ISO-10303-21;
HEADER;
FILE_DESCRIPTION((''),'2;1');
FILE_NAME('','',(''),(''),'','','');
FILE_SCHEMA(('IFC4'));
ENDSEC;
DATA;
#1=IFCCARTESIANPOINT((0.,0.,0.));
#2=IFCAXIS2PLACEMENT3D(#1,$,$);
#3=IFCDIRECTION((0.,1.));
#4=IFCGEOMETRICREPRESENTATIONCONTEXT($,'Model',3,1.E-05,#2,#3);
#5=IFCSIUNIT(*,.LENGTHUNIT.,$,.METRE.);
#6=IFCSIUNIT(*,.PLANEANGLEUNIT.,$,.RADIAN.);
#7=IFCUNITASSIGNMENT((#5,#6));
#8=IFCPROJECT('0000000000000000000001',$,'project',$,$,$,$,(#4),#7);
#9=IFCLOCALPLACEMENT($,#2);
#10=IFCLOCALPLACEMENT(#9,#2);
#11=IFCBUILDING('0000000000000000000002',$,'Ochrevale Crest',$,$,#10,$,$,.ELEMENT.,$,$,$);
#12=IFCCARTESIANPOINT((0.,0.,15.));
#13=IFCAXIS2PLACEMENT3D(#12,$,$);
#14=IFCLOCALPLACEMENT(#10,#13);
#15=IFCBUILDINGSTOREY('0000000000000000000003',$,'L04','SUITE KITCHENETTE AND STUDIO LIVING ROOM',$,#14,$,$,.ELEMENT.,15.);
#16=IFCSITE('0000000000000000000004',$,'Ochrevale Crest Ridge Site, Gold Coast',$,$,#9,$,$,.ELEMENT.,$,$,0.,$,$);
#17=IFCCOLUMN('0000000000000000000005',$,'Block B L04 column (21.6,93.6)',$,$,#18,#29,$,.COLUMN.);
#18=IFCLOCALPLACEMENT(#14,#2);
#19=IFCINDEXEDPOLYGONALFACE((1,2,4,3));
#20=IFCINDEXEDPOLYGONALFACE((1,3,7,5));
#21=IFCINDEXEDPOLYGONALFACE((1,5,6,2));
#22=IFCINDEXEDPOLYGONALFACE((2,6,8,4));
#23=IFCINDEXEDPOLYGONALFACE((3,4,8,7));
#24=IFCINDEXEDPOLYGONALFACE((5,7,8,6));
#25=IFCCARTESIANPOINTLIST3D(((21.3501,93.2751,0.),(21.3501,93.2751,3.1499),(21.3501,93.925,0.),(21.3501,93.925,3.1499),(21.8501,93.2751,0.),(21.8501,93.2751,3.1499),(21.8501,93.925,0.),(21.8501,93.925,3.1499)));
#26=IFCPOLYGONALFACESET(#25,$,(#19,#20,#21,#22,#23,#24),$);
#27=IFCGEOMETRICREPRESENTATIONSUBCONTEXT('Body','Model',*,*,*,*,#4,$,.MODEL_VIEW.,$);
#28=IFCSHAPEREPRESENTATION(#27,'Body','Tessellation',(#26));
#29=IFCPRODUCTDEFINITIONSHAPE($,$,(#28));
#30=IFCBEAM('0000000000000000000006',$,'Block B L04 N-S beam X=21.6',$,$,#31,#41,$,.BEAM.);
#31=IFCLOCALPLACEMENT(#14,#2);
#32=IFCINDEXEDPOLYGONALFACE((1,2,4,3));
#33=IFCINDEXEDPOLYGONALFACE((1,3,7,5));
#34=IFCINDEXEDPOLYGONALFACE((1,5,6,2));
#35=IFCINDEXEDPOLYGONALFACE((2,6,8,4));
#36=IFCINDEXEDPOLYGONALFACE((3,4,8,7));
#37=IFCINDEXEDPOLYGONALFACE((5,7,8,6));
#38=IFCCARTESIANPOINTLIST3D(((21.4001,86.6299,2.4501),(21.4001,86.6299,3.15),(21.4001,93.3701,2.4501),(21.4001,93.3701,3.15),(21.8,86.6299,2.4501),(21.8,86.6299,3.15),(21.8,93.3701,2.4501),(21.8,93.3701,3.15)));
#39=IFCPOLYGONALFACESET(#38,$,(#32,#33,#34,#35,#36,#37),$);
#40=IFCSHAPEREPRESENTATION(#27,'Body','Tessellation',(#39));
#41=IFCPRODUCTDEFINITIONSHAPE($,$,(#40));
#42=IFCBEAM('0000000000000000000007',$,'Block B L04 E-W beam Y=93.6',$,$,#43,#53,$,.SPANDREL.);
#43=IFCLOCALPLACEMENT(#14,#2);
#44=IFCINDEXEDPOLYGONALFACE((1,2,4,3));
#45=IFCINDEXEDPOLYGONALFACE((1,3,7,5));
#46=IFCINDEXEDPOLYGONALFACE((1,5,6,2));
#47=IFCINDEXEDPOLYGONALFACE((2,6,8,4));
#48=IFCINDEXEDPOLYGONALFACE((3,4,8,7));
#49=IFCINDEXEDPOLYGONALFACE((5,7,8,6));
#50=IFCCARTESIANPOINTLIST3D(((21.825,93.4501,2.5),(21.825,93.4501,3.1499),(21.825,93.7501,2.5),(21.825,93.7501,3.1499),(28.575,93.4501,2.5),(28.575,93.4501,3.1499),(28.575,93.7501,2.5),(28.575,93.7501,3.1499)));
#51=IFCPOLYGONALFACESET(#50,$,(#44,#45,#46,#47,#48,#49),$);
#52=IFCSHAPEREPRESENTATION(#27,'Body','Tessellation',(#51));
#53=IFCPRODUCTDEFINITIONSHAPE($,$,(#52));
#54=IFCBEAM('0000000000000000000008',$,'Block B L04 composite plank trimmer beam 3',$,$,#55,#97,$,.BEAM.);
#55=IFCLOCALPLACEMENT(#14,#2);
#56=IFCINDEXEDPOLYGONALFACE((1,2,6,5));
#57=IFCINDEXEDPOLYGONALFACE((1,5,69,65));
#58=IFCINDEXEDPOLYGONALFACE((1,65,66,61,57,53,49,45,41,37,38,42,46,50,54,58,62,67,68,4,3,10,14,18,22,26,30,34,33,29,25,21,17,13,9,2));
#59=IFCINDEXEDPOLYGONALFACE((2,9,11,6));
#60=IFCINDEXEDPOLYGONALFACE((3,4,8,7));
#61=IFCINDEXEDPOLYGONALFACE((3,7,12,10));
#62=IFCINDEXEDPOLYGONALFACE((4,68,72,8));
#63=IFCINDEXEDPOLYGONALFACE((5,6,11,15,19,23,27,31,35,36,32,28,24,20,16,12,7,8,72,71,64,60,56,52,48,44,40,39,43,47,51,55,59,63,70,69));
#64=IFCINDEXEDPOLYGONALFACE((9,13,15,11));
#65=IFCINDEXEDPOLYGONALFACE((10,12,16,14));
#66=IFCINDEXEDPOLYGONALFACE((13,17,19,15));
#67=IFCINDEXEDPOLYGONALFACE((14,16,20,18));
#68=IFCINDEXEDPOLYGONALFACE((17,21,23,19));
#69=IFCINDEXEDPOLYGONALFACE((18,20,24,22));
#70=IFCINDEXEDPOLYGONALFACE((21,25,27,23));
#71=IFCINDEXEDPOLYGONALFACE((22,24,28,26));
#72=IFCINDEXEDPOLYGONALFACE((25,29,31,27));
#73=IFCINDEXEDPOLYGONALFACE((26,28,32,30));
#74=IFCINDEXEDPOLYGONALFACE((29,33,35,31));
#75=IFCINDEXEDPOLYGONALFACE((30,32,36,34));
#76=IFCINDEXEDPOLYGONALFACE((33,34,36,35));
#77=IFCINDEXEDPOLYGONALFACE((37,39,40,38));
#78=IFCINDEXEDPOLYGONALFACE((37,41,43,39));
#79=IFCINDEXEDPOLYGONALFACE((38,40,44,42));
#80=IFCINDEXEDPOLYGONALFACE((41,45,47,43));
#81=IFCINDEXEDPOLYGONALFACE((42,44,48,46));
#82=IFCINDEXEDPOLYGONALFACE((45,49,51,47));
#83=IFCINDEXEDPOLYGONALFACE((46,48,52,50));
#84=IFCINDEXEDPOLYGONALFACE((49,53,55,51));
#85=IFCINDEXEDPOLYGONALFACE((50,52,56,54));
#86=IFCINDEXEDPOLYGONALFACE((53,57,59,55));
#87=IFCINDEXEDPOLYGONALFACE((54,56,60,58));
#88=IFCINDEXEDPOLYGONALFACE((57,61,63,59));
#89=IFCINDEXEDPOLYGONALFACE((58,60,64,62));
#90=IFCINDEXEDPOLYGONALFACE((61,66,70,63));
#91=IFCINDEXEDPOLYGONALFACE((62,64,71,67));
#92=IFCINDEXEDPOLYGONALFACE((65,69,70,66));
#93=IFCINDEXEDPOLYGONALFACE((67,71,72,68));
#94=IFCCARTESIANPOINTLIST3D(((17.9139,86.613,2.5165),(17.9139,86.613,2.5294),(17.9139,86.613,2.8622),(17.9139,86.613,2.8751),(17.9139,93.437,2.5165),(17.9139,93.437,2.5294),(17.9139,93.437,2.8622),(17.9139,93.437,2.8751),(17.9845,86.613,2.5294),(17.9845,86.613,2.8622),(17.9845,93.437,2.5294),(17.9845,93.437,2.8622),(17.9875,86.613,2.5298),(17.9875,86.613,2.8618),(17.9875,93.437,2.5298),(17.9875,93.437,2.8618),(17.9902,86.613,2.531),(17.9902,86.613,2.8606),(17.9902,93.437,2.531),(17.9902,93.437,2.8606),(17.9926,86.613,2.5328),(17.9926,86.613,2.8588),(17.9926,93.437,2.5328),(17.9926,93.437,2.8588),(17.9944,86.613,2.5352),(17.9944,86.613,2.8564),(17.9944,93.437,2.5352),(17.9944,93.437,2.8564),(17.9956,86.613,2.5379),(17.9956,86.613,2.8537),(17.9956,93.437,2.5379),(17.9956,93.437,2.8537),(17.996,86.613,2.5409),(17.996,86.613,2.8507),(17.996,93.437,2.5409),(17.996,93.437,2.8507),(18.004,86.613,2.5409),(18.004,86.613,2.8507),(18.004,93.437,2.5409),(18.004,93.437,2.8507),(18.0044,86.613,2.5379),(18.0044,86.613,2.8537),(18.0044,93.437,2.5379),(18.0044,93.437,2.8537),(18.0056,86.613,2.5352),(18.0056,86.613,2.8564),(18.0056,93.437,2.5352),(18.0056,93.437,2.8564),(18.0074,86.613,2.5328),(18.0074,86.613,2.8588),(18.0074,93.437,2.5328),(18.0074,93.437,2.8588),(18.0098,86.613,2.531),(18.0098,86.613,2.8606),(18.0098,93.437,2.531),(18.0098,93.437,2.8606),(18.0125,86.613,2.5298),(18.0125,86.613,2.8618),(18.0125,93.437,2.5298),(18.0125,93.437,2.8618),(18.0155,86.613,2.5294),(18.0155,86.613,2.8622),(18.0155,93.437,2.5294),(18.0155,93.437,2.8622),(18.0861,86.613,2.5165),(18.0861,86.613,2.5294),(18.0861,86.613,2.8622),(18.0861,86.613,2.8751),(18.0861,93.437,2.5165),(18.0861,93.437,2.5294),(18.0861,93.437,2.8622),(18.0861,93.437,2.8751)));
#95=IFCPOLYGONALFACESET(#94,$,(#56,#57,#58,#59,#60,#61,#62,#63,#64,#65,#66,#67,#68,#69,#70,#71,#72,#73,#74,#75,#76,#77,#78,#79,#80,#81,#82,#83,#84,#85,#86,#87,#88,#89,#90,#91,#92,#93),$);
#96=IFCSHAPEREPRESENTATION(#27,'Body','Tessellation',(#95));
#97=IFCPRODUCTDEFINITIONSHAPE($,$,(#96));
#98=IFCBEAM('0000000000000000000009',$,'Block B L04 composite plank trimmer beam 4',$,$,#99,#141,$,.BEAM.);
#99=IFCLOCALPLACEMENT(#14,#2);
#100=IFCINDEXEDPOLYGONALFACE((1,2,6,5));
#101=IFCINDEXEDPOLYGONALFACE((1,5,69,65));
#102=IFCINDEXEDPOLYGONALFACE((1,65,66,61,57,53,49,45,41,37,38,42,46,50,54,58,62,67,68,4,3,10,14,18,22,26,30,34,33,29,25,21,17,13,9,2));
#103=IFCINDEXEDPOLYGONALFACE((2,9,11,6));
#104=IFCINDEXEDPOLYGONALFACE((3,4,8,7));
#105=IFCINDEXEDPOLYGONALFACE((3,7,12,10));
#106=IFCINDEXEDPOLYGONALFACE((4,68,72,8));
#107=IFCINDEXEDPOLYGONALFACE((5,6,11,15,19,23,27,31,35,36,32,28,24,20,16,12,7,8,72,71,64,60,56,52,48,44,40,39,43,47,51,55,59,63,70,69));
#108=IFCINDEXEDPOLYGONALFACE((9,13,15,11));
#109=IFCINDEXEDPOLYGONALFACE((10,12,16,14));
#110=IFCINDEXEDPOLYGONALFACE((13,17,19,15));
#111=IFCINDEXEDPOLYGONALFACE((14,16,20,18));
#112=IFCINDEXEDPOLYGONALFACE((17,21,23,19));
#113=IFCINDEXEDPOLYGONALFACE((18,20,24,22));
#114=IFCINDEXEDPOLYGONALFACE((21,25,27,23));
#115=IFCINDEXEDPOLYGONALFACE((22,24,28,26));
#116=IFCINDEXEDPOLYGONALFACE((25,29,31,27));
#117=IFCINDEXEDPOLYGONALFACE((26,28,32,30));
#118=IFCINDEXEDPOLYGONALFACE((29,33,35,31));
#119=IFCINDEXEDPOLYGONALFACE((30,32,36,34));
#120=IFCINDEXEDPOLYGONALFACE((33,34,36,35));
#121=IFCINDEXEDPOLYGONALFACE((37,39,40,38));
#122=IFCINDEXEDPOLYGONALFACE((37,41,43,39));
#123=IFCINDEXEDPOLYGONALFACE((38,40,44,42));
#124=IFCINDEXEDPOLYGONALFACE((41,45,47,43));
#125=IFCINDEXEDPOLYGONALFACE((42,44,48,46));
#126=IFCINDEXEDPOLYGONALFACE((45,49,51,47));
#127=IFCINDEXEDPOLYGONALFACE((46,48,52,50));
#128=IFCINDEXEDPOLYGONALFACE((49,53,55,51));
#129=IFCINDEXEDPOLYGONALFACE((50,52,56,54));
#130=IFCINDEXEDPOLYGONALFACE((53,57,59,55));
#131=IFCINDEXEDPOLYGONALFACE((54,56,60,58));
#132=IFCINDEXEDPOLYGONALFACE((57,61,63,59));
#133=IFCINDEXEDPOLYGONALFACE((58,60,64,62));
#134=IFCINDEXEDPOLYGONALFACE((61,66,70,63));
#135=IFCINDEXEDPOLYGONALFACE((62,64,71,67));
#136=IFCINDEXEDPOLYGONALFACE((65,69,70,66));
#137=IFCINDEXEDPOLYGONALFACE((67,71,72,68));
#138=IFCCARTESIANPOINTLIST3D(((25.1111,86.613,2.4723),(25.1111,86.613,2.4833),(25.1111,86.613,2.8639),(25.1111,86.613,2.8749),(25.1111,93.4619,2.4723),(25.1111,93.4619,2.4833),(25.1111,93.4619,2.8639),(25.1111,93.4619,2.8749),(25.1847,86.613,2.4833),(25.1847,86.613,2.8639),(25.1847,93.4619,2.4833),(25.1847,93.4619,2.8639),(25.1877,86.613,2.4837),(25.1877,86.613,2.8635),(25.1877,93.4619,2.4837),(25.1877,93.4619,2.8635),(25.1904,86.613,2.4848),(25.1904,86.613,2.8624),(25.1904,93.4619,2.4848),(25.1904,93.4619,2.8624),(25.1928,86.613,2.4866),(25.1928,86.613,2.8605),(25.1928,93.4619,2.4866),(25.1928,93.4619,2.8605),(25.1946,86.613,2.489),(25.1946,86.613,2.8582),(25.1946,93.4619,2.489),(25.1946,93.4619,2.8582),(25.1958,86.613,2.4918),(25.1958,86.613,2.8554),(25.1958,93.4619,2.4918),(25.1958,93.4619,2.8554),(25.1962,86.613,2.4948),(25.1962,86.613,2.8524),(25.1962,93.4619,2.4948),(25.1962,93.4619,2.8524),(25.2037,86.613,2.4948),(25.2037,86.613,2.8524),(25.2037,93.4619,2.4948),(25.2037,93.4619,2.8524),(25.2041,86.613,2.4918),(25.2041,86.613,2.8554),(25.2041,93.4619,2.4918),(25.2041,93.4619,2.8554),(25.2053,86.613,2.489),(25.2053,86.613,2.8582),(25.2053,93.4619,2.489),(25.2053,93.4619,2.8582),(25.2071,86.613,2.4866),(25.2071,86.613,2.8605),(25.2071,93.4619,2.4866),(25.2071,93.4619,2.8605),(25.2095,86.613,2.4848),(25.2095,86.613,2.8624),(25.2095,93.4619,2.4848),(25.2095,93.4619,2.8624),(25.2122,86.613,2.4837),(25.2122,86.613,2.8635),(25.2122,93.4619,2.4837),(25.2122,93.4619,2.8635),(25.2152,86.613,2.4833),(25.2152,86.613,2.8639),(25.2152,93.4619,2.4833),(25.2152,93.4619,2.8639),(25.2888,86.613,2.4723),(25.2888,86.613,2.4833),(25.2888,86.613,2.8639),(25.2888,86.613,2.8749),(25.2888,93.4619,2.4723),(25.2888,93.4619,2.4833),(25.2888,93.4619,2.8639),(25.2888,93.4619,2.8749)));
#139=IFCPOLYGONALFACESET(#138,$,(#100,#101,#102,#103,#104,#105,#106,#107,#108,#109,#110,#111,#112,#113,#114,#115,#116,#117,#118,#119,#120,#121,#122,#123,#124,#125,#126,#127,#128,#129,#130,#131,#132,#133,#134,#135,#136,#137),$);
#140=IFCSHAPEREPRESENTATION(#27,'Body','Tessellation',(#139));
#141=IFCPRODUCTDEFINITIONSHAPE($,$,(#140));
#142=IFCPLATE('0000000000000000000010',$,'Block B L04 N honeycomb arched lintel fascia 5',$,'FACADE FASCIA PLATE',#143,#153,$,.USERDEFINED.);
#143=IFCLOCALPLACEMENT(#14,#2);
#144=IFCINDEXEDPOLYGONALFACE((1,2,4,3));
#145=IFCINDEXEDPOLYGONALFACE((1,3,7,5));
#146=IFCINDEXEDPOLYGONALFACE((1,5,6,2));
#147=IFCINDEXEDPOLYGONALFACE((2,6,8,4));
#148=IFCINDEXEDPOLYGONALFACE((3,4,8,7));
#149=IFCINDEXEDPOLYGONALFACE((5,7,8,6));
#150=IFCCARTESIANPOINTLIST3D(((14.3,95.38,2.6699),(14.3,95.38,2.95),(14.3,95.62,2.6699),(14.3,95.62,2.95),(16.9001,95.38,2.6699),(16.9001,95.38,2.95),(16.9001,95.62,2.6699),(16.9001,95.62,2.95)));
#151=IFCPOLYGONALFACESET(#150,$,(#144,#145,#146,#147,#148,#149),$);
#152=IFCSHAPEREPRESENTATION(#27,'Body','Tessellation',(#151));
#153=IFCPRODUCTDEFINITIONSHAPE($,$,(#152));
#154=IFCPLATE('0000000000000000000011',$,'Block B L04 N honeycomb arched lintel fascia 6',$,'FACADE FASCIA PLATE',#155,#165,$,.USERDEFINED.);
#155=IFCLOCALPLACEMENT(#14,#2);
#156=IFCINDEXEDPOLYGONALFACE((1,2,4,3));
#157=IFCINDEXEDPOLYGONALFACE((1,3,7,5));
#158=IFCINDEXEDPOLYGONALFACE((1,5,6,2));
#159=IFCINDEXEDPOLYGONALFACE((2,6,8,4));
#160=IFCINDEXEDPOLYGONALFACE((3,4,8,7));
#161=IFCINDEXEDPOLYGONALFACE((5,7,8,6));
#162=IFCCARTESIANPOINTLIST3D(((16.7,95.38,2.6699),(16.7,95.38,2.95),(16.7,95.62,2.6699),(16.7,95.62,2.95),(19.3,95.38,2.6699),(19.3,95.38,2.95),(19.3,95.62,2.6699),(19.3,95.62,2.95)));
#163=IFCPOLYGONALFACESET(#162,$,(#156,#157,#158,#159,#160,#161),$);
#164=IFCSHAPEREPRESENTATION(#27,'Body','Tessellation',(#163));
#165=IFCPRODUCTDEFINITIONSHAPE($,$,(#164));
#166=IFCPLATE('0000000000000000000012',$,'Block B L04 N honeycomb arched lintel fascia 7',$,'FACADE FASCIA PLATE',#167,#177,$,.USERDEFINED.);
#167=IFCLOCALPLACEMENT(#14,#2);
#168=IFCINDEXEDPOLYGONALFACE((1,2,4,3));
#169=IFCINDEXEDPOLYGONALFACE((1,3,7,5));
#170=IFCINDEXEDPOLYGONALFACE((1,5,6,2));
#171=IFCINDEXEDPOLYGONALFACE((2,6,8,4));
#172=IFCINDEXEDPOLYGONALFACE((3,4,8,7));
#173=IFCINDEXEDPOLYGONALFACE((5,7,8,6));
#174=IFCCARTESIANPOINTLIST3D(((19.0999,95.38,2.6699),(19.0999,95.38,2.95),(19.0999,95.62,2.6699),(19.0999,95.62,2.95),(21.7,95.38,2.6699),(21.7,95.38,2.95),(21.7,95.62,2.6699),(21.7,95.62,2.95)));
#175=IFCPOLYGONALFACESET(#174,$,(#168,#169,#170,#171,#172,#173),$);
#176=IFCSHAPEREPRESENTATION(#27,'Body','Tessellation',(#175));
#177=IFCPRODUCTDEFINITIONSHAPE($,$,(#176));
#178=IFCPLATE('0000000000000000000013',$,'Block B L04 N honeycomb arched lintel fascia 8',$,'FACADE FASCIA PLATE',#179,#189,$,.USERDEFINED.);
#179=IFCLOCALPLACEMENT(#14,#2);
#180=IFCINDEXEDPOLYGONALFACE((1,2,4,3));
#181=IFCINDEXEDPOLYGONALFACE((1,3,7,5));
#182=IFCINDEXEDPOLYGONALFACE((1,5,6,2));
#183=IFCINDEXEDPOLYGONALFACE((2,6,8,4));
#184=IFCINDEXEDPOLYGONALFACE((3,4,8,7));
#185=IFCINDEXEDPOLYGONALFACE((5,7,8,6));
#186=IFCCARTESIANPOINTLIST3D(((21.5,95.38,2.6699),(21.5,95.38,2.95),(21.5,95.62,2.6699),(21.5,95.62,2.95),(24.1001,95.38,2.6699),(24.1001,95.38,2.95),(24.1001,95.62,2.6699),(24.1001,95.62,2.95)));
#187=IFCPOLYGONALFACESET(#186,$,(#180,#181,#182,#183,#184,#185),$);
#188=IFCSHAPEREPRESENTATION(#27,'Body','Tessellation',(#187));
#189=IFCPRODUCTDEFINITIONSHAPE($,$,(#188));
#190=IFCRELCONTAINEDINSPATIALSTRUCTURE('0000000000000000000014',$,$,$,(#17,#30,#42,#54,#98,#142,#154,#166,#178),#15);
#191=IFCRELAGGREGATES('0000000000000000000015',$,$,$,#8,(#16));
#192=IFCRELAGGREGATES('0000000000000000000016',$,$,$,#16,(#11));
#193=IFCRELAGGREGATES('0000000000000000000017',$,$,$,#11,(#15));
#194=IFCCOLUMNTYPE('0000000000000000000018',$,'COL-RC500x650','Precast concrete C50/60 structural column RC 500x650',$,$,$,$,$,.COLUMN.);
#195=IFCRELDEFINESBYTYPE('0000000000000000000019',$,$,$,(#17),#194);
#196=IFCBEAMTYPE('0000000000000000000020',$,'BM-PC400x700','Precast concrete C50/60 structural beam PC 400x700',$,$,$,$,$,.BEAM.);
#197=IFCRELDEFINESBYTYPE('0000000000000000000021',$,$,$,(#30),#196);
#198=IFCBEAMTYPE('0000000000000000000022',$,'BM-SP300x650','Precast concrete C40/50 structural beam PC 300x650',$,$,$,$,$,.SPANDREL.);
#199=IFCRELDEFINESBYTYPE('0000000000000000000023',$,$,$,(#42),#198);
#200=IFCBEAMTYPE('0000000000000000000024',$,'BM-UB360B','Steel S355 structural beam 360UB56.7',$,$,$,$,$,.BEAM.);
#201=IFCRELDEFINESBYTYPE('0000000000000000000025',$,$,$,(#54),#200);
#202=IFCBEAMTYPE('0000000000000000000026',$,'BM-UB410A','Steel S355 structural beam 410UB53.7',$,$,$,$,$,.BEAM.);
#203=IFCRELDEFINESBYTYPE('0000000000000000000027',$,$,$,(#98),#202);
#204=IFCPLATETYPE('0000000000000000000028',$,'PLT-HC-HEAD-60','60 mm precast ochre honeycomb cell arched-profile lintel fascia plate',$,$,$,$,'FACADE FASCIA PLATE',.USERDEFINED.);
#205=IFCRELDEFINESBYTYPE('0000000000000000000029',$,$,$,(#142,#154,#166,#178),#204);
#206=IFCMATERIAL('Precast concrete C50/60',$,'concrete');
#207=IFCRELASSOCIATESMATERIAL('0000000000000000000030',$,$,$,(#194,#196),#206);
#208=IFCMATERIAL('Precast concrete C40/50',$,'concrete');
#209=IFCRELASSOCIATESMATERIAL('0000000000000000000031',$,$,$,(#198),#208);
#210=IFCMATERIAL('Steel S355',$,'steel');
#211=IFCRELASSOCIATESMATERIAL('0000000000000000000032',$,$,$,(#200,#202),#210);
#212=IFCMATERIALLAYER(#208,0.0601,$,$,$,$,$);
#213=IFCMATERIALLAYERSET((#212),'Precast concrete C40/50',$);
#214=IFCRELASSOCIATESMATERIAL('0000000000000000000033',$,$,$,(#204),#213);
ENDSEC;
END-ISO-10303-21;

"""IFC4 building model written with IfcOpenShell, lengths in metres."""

from ifc_helpers import new_model, si_unit, direction, frame, origin, origin_2d, place, context, subcontext, project, spatial, rectangle, i_section, extrude, material, layer, layer_set, material_profile, profile_set, type_object, element, save


model = new_model("IFC4")

# Units and contexts
model_context = context("Model", 3, precision=1e-05, world=origin(), true_north=direction((0.0, 1.0)))
body_context = subcontext(model_context, "Body", "Model", "MODEL_VIEW")
ifc_project = project(units=[si_unit("LENGTHUNIT", "METRE"), si_unit("PLANEANGLEUNIT", "RADIAN")], contexts=[model_context])

# Site, building, storey
site_placement = place(None, origin())
site = spatial("IfcSite", under=ifc_project, at=site_placement, Name="Ochrevale Crest Ridge Site, Gold Coast", CompositionType="ELEMENT", RefElevation=0.0)
building_placement = place(site_placement, origin())
building = spatial("IfcBuilding", under=site, at=building_placement, Name="Ochrevale Crest", CompositionType="ELEMENT")
storey_placement = place(building_placement, frame((0.0, 0.0, 15.0)))
storey = spatial("IfcBuildingStorey", under=building, at=storey_placement, Name="L04", Description="SUITE KITCHENETTE AND STUDIO LIVING ROOM", CompositionType="ELEMENT", Elevation=15.0)

# Column
ifc_material_1 = material(Name="Precast concrete C50/60", Category="concrete")
ifc_material_profile_1 = material_profile(ifc_material_1, rectangle(XDim=0.5, YDim=0.6499, at=origin_2d()), Name="RC 500x650")
ifc_profile_set_1 = profile_set([ifc_material_profile_1], Name="Precast concrete C50/60")
column_type = type_object("IfcColumnType", Name="COL-RC500x650", Description="Precast concrete C50/60 structural column RC 500x650", PredefinedType="COLUMN", material=ifc_profile_set_1)
column_placement = place(storey_placement, frame((21.6001, 93.6001, 0.0), z_axis=(0.0, 0.0, 1.0), x_axis=(1.0, 0.0, 0.0)))
element("IfcColumn", 1, at=column_placement, inside=storey, type_object=column_type, Name="Block B L04 column (21.6,93.6)", PredefinedType="COLUMN", context=body_context, shape_type="SweptSolid", body=[
    extrude(rectangle(XDim=0.5, YDim=0.6499, at=origin_2d()), origin(), (0.0, 0.0, 1.0), 3.1499),
])

# Beams
ifc_material_profile_2 = material_profile(ifc_material_1, rectangle(XDim=0.3999, YDim=0.7, at=origin_2d()), Name="PC 400x700")
ifc_profile_set_2 = profile_set([ifc_material_profile_2], Name="Precast concrete C50/60")
beam_type_1 = type_object("IfcBeamType", Name="BM-PC400x700", Description="Precast concrete C50/60 structural beam PC 400x700", PredefinedType="BEAM", material=ifc_profile_set_2)
beam_1_placement = place(storey_placement, frame((21.6001, 86.6299, 2.8), z_axis=(0.0, 1.0, 0.0), x_axis=(-1.0, 0.0, 0.0)))
element("IfcBeam", 2, at=beam_1_placement, inside=storey, type_object=beam_type_1, Name="Block B L04 N-S beam X=21.6", PredefinedType="BEAM", context=body_context, shape_type="SweptSolid", body=[
    extrude(rectangle(XDim=0.3999, YDim=0.7, at=origin_2d()), origin(), (0.0, 0.0, 1.0), 6.7402),
])
ifc_material_2 = material(Name="Precast concrete C40/50", Category="concrete")
ifc_material_profile_3 = material_profile(ifc_material_2, rectangle(XDim=0.3, YDim=0.6499, at=origin_2d()), Name="PC 300x650")
ifc_profile_set_3 = profile_set([ifc_material_profile_3], Name="Precast concrete C40/50")
beam_type_2 = type_object("IfcBeamType", Name="BM-SP300x650", Description="Precast concrete C40/50 structural beam PC 300x650", PredefinedType="SPANDREL", material=ifc_profile_set_3)
beam_2_placement = place(storey_placement, frame((21.825, 93.6001, 2.825), z_axis=(1.0, 0.0, 0.0), x_axis=(0.0, 1.0, 0.0)))
element("IfcBeam", 3, at=beam_2_placement, inside=storey, type_object=beam_type_2, Name="Block B L04 E-W beam Y=93.6", PredefinedType="SPANDREL", context=body_context, shape_type="SweptSolid", body=[
    extrude(rectangle(XDim=0.3, YDim=0.6499, at=origin_2d()), origin(), (0.0, 0.0, 1.0), 6.75),
])
ifc_material_3 = material(Name="Steel S355", Category="steel")
ifc_material_profile_4 = material_profile(ifc_material_3, i_section(OverallWidth=0.1721, OverallDepth=0.3586, WebThickness=0.0081, FlangeThickness=0.0129, FilletRadius=0.0115, at=origin_2d()), Name="360UB56.7")
ifc_profile_set_4 = profile_set([ifc_material_profile_4], Name="Steel S355")
beam_type_3 = type_object("IfcBeamType", Name="BM-UB360B", Description="Steel S355 structural beam 360UB56.7", PredefinedType="BEAM", material=ifc_profile_set_4)
beam_3_placement = place(storey_placement, frame((18.0, 86.613, 2.6958), z_axis=(0.0, 1.0, 0.0), x_axis=(-1.0, 0.0, 0.0)))
element("IfcBeam", 4, at=beam_3_placement, inside=storey, type_object=beam_type_3, Name="Block B L04 composite plank trimmer beam 3", PredefinedType="BEAM", context=body_context, shape_type="SweptSolid", body=[
    extrude(i_section(OverallWidth=0.1721, OverallDepth=0.3586, WebThickness=0.0081, FlangeThickness=0.0129, FilletRadius=0.0115, at=origin_2d()), origin(), (0.0, 0.0, 1.0), 6.824),
])
ifc_material_profile_5 = material_profile(ifc_material_3, i_section(OverallWidth=0.1777, OverallDepth=0.4026, WebThickness=0.0076, FlangeThickness=0.011, FilletRadius=0.0115, at=origin_2d()), Name="410UB53.7")
ifc_profile_set_5 = profile_set([ifc_material_profile_5], Name="Steel S355")
beam_type_4 = type_object("IfcBeamType", Name="BM-UB410A", Description="Steel S355 structural beam 410UB53.7", PredefinedType="BEAM", material=ifc_profile_set_5)
beam_4_placement = place(storey_placement, frame((25.2, 86.613, 2.6736), z_axis=(0.0, 1.0, 0.0), x_axis=(-1.0, 0.0, 0.0)))
element("IfcBeam", 5, at=beam_4_placement, inside=storey, type_object=beam_type_4, Name="Block B L04 composite plank trimmer beam 4", PredefinedType="BEAM", context=body_context, shape_type="SweptSolid", body=[
    extrude(i_section(OverallWidth=0.1777, OverallDepth=0.4026, WebThickness=0.0076, FlangeThickness=0.011, FilletRadius=0.0115, at=origin_2d()), origin(), (0.0, 0.0, 1.0), 6.8489),
])

# Plates
ifc_layer_1 = layer(ifc_material_2, 0.0601)
ifc_layer_set_1 = layer_set([ifc_layer_1], Name="Precast concrete C40/50")
plate_type_1 = type_object("IfcPlateType", Name="PLT-HC-HEAD-60", Description="60 mm precast ochre honeycomb cell arched-profile lintel fascia plate", ElementType="FACADE FASCIA PLATE", PredefinedType="USERDEFINED", material=ifc_layer_set_1)
for number, where, z_axis, x_axis, name in (
    (6, (15.6001, 95.5, 2.6699), (0.0, 0.0, 1.0), (1.0, 0.0, 0.0), "Block B L04 N honeycomb arched lintel fascia 5"),
    (7, (18.0, 95.5, 2.6699), (0.0, 0.0, 1.0), (1.0, 0.0, 0.0), "Block B L04 N honeycomb arched lintel fascia 6"),
    (8, (20.3999, 95.5, 2.6699), (0.0, 0.0, 1.0), (1.0, 0.0, 0.0), "Block B L04 N honeycomb arched lintel fascia 7"),
    (9, (22.8, 95.5, 2.6699), (0.0, 0.0, 1.0), (1.0, 0.0, 0.0), "Block B L04 N honeycomb arched lintel fascia 8"),
):
    element("IfcPlate", number, at=place(storey_placement, frame(where, z_axis=z_axis, x_axis=x_axis)), inside=storey, type_object=plate_type_1, Name=name, ObjectType="FACADE FASCIA PLATE", PredefinedType="USERDEFINED", context=body_context, shape_type="SweptSolid", body=[
        extrude(rectangle(XDim=2.6001, YDim=0.24, at=origin_2d()), origin(), (0.0, 0.0, 1.0), 0.28),
    ])

save(model, "model.ifc")
